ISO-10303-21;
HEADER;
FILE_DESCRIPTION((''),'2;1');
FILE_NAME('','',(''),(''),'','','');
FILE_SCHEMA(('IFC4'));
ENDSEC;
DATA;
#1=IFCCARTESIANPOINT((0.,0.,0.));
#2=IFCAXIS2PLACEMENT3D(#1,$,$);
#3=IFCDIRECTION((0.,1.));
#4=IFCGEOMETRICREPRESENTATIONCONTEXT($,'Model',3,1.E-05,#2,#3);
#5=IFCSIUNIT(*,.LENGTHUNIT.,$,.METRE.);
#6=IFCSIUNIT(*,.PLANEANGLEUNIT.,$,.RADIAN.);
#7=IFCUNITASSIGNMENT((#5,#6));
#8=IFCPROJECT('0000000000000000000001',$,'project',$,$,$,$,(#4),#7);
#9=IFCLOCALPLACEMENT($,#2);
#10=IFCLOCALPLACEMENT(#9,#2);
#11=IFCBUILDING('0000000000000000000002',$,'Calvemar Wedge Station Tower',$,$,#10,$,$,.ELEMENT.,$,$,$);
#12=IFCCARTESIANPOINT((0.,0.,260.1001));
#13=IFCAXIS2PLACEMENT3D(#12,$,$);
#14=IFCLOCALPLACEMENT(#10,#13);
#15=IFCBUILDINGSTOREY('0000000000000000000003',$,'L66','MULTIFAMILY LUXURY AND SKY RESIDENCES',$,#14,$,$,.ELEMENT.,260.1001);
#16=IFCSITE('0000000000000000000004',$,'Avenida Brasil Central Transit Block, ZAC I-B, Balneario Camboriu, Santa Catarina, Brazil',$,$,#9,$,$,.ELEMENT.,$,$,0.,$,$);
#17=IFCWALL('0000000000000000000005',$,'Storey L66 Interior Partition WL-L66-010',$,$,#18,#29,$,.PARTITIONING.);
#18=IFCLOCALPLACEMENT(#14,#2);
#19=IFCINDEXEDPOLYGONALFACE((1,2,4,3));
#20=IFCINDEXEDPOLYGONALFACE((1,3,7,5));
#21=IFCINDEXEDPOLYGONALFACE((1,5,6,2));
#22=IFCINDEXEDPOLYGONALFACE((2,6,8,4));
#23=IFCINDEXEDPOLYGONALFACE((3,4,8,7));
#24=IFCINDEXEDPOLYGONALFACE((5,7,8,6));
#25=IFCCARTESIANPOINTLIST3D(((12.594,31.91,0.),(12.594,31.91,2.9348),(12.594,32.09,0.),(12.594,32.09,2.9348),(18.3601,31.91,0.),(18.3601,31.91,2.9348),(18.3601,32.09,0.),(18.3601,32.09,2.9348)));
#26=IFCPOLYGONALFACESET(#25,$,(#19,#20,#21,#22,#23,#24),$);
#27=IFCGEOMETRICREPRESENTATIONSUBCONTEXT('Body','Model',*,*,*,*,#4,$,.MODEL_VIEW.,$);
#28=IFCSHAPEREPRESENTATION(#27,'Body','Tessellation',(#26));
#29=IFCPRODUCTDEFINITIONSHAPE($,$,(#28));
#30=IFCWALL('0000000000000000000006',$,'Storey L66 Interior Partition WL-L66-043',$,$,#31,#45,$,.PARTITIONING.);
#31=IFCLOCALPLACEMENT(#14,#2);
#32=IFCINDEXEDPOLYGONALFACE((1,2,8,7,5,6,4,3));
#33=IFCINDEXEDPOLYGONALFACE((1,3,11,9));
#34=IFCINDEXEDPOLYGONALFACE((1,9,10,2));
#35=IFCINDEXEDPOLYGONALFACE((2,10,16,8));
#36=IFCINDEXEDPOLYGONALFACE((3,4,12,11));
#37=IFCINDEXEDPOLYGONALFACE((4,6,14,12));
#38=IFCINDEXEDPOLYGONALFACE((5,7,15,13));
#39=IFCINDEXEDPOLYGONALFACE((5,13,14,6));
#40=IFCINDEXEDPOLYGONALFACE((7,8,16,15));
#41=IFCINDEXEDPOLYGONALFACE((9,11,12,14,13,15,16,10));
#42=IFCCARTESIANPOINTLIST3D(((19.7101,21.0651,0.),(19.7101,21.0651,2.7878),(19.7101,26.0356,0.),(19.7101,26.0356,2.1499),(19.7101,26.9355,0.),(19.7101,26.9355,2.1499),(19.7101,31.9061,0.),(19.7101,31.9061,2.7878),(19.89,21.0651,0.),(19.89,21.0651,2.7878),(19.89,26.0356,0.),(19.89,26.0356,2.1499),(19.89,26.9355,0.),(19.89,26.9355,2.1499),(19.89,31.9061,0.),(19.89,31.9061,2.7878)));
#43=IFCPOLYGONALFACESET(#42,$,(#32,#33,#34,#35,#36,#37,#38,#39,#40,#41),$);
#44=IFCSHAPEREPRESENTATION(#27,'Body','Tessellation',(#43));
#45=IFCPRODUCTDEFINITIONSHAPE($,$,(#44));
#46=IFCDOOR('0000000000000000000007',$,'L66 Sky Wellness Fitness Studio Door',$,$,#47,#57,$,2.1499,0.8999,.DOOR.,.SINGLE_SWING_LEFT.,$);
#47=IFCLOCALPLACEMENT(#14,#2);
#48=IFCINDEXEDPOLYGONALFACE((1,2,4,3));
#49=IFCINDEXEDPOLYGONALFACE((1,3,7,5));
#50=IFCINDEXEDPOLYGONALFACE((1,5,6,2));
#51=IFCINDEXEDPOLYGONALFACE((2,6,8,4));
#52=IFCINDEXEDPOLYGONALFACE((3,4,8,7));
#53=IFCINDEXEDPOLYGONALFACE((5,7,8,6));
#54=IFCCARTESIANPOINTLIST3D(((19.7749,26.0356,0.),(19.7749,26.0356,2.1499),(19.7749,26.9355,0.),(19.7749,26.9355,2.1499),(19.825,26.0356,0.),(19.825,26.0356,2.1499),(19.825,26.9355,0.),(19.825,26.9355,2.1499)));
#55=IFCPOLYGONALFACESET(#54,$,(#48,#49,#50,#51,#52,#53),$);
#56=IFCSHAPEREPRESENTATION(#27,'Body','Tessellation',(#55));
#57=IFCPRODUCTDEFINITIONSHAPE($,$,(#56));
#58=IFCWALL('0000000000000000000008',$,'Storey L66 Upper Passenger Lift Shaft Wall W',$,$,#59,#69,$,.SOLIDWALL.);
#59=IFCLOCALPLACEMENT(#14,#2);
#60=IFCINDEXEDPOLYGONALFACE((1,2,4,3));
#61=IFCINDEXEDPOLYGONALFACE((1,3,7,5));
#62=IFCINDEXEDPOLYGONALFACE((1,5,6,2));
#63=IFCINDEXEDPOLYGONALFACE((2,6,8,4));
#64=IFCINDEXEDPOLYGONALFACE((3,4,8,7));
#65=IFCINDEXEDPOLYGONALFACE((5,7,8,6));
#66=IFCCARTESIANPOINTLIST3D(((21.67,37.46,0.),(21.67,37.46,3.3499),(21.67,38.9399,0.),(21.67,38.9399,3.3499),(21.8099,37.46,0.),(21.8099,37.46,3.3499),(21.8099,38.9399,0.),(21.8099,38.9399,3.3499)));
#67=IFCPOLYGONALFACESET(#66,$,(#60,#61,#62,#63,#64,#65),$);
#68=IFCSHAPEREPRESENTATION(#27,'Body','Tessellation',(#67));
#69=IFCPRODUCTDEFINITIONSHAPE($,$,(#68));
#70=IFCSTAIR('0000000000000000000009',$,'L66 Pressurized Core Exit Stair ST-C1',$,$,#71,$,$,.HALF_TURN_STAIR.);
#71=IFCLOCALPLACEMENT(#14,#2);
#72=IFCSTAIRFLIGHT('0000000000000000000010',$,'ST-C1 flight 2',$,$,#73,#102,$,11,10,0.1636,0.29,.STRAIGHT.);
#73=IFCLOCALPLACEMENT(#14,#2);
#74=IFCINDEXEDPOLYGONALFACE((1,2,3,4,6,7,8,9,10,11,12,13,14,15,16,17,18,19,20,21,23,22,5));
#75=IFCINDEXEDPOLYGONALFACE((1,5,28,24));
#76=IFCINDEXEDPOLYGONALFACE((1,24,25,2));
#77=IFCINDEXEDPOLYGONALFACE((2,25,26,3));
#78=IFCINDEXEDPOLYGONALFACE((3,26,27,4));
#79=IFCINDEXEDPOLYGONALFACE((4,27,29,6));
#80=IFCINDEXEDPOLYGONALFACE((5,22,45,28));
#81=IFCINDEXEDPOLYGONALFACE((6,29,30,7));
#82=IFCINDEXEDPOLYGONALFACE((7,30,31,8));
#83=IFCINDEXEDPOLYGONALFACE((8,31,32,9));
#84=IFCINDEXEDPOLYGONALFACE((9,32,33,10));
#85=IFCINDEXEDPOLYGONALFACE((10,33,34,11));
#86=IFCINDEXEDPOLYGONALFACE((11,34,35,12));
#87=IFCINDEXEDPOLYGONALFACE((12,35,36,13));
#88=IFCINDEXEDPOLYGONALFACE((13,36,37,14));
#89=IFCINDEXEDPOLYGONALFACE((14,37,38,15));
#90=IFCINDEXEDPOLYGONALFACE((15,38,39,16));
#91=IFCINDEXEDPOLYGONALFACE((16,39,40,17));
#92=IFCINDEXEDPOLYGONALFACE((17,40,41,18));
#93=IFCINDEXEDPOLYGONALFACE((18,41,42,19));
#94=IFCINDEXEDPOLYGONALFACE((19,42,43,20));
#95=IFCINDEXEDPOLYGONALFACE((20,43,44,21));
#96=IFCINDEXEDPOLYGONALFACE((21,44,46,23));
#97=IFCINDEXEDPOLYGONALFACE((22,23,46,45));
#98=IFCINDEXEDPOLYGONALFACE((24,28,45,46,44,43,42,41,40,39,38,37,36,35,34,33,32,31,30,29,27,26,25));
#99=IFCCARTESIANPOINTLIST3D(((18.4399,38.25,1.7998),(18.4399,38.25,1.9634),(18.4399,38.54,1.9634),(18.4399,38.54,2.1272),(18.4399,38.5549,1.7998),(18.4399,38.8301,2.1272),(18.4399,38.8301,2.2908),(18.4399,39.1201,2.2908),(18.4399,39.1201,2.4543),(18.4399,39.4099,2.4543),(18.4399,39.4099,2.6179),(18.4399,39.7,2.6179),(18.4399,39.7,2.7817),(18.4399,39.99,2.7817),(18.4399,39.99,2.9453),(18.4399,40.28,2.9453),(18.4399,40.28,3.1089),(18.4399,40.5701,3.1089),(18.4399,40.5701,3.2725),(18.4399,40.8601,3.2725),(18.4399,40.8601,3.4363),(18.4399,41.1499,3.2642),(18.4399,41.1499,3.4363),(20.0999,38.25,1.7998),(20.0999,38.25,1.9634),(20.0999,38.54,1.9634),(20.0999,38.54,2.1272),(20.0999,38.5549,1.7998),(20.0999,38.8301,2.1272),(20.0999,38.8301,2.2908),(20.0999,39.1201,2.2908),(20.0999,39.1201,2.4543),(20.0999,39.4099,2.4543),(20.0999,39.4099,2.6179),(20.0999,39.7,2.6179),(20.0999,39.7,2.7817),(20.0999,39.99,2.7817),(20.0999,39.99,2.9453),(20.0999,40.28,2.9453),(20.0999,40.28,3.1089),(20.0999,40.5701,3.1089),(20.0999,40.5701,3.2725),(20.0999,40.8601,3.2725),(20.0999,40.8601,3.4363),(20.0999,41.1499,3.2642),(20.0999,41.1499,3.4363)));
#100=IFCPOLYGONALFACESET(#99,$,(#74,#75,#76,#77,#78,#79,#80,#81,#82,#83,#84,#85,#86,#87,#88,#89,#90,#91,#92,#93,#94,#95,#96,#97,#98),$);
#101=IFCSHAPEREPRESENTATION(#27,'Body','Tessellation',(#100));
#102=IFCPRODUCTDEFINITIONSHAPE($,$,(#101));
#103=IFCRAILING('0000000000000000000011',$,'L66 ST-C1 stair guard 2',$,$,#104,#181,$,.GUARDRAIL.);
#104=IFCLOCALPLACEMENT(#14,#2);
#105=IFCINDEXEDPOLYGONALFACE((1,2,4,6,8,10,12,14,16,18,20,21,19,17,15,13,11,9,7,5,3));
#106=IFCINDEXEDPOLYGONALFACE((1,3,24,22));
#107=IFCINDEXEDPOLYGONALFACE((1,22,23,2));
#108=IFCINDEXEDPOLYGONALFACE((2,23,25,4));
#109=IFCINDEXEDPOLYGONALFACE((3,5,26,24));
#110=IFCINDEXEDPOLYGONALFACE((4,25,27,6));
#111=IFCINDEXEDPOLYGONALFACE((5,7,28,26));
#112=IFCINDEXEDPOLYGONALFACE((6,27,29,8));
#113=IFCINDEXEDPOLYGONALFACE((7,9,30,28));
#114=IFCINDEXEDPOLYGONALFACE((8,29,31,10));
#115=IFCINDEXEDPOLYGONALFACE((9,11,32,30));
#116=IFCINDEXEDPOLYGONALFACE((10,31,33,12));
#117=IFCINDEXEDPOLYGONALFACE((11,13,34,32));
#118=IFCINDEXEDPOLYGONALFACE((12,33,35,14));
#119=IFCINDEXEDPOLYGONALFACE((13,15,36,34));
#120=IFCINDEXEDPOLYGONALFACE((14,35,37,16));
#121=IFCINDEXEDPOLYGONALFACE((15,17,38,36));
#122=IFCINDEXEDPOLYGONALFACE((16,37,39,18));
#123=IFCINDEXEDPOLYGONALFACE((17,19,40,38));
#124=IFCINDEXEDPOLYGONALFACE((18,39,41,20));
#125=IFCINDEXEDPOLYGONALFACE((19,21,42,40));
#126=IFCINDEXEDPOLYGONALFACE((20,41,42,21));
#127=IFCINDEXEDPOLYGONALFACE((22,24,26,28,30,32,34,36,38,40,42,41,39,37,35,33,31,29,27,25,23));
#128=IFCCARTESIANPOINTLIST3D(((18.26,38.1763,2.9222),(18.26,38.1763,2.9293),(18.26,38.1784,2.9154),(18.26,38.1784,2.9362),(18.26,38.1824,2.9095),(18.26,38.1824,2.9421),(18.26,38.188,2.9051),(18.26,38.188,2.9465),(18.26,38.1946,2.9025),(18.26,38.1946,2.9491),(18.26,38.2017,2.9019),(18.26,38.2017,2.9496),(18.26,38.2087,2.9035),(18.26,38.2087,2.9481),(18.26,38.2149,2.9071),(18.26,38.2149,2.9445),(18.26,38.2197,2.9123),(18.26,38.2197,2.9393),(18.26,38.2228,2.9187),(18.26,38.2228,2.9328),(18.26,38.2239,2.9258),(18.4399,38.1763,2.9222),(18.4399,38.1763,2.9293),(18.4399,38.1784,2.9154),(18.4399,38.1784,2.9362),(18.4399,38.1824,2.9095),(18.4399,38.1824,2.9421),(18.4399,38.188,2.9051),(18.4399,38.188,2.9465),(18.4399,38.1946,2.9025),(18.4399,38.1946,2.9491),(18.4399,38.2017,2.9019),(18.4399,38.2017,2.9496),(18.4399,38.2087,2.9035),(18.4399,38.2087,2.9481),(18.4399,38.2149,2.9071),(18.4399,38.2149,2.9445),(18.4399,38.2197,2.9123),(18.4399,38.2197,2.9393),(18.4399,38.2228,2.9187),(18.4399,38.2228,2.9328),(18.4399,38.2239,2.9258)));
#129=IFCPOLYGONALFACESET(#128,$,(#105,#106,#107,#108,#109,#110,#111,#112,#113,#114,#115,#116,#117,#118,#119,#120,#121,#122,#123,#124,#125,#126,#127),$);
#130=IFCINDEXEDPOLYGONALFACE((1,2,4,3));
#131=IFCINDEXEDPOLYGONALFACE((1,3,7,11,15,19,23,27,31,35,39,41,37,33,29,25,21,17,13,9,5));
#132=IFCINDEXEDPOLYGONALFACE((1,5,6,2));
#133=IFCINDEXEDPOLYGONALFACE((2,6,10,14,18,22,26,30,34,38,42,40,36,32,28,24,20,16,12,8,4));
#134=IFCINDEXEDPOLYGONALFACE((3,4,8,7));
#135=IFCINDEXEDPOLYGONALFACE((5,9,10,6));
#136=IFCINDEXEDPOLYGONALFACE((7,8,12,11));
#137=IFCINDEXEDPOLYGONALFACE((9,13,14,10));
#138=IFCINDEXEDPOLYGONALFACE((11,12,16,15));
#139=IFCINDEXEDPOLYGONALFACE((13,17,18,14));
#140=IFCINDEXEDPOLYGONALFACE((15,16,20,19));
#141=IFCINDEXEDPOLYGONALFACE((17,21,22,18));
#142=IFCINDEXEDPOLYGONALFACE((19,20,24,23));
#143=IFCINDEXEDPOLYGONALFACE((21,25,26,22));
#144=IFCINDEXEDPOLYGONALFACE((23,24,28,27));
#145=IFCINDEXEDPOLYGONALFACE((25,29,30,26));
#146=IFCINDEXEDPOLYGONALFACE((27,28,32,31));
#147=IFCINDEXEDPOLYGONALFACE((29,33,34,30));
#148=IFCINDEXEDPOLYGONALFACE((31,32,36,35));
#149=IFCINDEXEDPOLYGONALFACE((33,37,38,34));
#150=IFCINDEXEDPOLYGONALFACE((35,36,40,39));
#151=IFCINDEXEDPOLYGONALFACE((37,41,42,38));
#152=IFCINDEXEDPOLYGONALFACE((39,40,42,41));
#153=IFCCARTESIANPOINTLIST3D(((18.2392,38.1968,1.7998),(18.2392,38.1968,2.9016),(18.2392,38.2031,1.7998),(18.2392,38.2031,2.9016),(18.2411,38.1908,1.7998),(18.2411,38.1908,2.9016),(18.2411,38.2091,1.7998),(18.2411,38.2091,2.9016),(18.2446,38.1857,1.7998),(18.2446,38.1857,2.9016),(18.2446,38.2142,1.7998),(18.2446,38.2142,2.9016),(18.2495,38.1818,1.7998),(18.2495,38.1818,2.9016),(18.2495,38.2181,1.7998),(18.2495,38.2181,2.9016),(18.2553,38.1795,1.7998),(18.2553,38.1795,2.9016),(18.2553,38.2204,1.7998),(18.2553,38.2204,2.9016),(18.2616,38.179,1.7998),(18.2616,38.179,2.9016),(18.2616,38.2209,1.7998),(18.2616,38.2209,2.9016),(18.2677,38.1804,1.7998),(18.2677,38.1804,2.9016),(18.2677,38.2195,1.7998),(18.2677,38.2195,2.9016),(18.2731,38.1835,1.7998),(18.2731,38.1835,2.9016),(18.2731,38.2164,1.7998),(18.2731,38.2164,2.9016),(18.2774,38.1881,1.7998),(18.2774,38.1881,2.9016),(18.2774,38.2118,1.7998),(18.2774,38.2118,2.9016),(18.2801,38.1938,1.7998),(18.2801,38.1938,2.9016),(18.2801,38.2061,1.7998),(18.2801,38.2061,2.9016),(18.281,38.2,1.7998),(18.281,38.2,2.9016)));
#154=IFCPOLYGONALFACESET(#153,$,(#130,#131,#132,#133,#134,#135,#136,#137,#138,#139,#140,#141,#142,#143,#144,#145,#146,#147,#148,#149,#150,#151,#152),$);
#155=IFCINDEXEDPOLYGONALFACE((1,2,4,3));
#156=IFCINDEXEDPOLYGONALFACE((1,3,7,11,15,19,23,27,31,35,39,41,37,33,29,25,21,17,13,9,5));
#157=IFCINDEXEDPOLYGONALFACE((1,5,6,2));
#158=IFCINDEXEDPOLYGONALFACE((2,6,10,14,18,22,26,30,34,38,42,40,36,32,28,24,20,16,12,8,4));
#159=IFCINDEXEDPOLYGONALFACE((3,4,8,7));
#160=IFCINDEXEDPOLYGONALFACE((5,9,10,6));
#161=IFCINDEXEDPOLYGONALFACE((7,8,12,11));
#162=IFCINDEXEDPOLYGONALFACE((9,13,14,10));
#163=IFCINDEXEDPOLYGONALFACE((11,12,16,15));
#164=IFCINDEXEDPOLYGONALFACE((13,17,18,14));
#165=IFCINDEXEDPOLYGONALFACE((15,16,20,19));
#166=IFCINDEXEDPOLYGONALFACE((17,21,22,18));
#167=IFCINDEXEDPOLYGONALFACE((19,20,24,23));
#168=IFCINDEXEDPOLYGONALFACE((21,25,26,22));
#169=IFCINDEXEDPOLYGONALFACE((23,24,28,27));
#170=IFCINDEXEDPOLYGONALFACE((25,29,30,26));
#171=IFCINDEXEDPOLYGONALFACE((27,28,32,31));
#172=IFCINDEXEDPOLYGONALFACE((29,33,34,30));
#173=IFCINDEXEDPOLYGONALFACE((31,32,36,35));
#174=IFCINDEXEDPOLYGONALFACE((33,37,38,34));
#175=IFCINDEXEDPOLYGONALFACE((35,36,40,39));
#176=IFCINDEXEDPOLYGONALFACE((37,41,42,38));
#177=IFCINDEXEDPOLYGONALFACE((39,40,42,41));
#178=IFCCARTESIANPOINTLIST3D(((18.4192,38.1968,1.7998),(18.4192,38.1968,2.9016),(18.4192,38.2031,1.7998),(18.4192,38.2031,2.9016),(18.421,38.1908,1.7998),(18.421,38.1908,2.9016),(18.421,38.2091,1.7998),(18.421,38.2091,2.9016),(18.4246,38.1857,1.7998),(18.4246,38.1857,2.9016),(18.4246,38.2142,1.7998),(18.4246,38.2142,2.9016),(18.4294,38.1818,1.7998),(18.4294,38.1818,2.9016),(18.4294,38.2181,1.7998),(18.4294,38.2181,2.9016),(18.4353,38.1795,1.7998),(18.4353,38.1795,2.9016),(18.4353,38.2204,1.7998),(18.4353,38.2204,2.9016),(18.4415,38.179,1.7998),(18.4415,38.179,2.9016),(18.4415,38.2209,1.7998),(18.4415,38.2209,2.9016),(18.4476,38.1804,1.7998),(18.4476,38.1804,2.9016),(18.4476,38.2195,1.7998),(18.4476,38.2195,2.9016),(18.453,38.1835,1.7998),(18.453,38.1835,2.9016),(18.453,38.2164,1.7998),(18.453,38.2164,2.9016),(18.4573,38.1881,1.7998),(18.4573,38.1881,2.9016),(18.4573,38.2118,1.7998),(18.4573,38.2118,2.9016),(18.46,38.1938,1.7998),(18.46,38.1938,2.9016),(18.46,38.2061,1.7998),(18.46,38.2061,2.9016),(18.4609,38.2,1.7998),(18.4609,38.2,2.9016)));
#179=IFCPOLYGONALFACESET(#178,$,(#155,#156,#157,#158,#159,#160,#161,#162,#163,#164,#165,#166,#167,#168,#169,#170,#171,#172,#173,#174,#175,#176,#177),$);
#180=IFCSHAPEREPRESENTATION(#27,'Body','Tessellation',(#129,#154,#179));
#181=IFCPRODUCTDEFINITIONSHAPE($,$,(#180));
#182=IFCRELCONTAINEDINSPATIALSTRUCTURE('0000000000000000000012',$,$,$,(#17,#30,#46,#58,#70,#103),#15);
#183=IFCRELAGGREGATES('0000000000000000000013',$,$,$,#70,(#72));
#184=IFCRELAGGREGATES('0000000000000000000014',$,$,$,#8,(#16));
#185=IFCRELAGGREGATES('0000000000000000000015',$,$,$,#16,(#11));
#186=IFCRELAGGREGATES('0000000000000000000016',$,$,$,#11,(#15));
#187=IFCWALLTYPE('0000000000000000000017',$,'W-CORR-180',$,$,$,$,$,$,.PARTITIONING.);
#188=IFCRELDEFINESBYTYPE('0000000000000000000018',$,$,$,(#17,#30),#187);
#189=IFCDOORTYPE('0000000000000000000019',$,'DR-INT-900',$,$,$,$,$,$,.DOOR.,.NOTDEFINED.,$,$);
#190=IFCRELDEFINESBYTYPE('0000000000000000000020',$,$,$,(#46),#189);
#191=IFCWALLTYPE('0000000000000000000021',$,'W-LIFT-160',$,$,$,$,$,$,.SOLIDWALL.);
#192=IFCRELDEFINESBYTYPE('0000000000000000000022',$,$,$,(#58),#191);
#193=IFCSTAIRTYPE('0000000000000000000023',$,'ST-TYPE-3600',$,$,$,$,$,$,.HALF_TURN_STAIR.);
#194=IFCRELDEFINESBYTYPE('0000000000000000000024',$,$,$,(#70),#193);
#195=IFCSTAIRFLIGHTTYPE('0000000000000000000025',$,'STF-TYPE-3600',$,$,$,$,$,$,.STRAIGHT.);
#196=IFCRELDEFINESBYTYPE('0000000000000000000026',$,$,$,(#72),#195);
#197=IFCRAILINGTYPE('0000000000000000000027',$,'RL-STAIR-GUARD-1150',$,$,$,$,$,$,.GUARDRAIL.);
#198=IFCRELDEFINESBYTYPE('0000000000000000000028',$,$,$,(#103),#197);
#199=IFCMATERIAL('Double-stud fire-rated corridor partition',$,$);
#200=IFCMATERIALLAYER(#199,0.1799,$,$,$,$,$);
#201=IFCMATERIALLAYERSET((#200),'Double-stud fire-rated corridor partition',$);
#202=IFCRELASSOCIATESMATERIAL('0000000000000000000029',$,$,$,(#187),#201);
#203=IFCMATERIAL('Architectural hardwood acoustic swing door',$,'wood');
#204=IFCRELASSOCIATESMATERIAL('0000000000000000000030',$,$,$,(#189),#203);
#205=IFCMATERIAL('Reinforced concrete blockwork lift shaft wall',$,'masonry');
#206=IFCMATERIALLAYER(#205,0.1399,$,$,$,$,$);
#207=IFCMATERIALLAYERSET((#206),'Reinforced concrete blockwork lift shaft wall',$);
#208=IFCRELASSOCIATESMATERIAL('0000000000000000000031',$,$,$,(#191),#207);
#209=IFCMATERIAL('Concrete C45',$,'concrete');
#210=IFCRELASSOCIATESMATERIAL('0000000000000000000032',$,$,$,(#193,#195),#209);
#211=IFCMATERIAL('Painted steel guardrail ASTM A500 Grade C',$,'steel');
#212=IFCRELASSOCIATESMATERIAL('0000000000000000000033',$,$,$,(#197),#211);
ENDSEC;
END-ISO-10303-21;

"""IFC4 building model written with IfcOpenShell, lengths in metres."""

from ifc_helpers import new_model, si_unit, direction, frame, frame_2d, origin, origin_2d, place, context, subcontext, project, spatial, polyline, rectangle, circle, outline, extrude, source, transform, mapped, material, layer, layer_set, type_object, element, fill, aggregate, save


model = new_model("IFC4")

# Units and contexts
model_context = context("Model", 3, precision=1e-05, world=origin(), true_north=direction((0.0, 1.0)))
body_context = subcontext(model_context, "Body", "Model", "MODEL_VIEW")
ifc_project = project(units=[si_unit("LENGTHUNIT", "METRE"), si_unit("PLANEANGLEUNIT", "RADIAN")], contexts=[model_context])

# Site, building, storey
site_placement = place(None, origin())
site = spatial("IfcSite", under=ifc_project, at=site_placement, Name="Avenida Brasil Central Transit Block, ZAC I-B, Balneario Camboriu, Santa Catarina, Brazil", CompositionType="ELEMENT", RefElevation=0.0)
building_placement = place(site_placement, origin())
building = spatial("IfcBuilding", under=site, at=building_placement, Name="Calvemar Wedge Station Tower", CompositionType="ELEMENT")
storey_placement = place(building_placement, frame((0.0, 0.0, 260.1001)))
storey = spatial("IfcBuildingStorey", under=building, at=storey_placement, Name="L66", Description="MULTIFAMILY LUXURY AND SKY RESIDENCES", CompositionType="ELEMENT", Elevation=260.1001)

# Shared definitions
ifc_material_1 = material(Name="Double-stud fire-rated corridor partition")
ifc_layer_1 = layer(ifc_material_1, 0.1799)
ifc_layer_set_1 = layer_set([ifc_layer_1], Name="Double-stud fire-rated corridor partition")
wall_type_1 = type_object("IfcWallType", Name="W-CORR-180", PredefinedType="PARTITIONING", material=ifc_layer_set_1)

# Shared definitions
shared_shape_1 = source(origin(), body_context, "Body", "SweptSolid", [
    extrude(rectangle(XDim=0.8999, YDim=2.1499, at=frame_2d((0.45, 1.075))), frame((0.0, 0.1001, 0.0), z_axis=(0.0, -1.0, 0.0), x_axis=(1.0, 0.0, 0.0)), (0.0, 0.0, 1.0), 0.2),
])

# Wall
wall_1_placement = place(storey_placement, frame((18.3601, 32.0, 0.0), z_axis=(0.0, 0.0, 1.0), x_axis=(-1.0, 0.0, 0.0)))
element("IfcWall", 1, at=wall_1_placement, inside=storey, type_object=wall_type_1, Name="Storey L66 Interior Partition WL-L66-010", PredefinedType="PARTITIONING", context=body_context, shape_type="SweptSolid", body=[
    extrude(rectangle(XDim=5.7661, YDim=0.1799, at=frame_2d((2.8831, 0.0))), origin(), (0.0, 0.0, 1.0), 2.9348),
])

# Wall, opening, door
wall_2_placement = place(storey_placement, frame((19.8, 31.906, 0.0), z_axis=(0.0, 0.0, 1.0), x_axis=(0.0, -1.0, 0.0)))
wall_2 = element("IfcWall", 2, at=wall_2_placement, inside=storey, type_object=wall_type_1, Name="Storey L66 Interior Partition WL-L66-043", PredefinedType="PARTITIONING", context=body_context, shape_type="SweptSolid", body=[
    extrude(rectangle(XDim=10.8411, YDim=0.1799, at=frame_2d((5.4204, 0.0))), origin(), (0.0, 0.0, 1.0), 2.7878),
])
opening_1_placement = place(wall_2_placement, frame((4.9705, 0.0, 0.0)))
opening_1 = element("IfcOpeningElement", 3, at=opening_1_placement, cuts=wall_2, PredefinedType="OPENING", context=body_context, shape_type="MappedRepresentation", body=[
    mapped(shared_shape_1, transform((0.0, 0.0, 0.0), scale=1.0)),
])
ifc_material_2 = material(Name="Architectural hardwood acoustic swing door", Category="wood")
door_type_1 = type_object("IfcDoorType", Name="DR-INT-900", OperationType="NOTDEFINED", PredefinedType="DOOR", material=ifc_material_2)
shared_shape_2 = source(origin(), body_context, "Body", "SweptSolid", [
    extrude(rectangle(XDim=0.8999, YDim=2.1499, at=frame_2d((0.45, 1.075))), frame((0.0, 0.0249, 0.0), z_axis=(0.0, -1.0, 0.0), x_axis=(1.0, 0.0, 0.0)), (0.0, 0.0, 1.0), 0.05),
])
door_1_placement = place(opening_1_placement, origin())
door_1 = element("IfcDoor", 4, at=door_1_placement, inside=storey, type_object=door_type_1, Name="L66 Sky Wellness Fitness Studio Door", OperationType="SINGLE_SWING_LEFT", OverallHeight=2.1499, OverallWidth=0.8999, PredefinedType="DOOR", context=body_context, shape_type="MappedRepresentation", body=[
    mapped(shared_shape_2, transform((0.0, 0.0, 0.0), scale=1.0)),
])
fill(opening_1, door_1)

# Shared definitions
ifc_material_3 = material(Name="Reinforced concrete blockwork lift shaft wall", Category="masonry")
ifc_layer_2 = layer(ifc_material_3, 0.1399)
ifc_layer_set_2 = layer_set([ifc_layer_2], Name="Reinforced concrete blockwork lift shaft wall")
wall_type_2 = type_object("IfcWallType", Name="W-LIFT-160", PredefinedType="SOLIDWALL", material=ifc_layer_set_2)

# Wall
wall_3_placement = place(storey_placement, frame((21.74, 37.46, 0.0), z_axis=(0.0, 0.0, 1.0), x_axis=(0.0, 1.0, 0.0)))
element("IfcWall", 5, at=wall_3_placement, inside=storey, type_object=wall_type_2, Name="Storey L66 Upper Passenger Lift Shaft Wall W", PredefinedType="SOLIDWALL", context=body_context, shape_type="SweptSolid", body=[
    extrude(rectangle(XDim=1.48, YDim=0.1399, at=frame_2d((0.74, 0.0))), origin(), (0.0, 0.0, 1.0), 3.3499),
])

# Stair, stair flight
ifc_material_4 = material(Name="Concrete C45", Category="concrete")
stair_type = type_object("IfcStairType", Name="ST-TYPE-3600", PredefinedType="HALF_TURN_STAIR", material=ifc_material_4)
stair_placement = place(storey_placement, origin())
stair = element("IfcStair", 6, at=stair_placement, inside=storey, type_object=stair_type, Name="L66 Pressurized Core Exit Stair ST-C1", PredefinedType="HALF_TURN_STAIR")
stair_flight_type = type_object("IfcStairFlightType", Name="STF-TYPE-3600", PredefinedType="STRAIGHT", material=ifc_material_4)
stair_flight_placement = place(storey_placement, frame((19.27, 38.25, 1.7998), z_axis=(0.0, 0.0, 1.0), x_axis=(0.0, 1.0, 0.0)))
stair_flight = element("IfcStairFlight", 7, at=stair_flight_placement, type_object=stair_flight_type, Name="ST-C1 flight 2", NumberOfRisers=11, NumberOfTreads=10, PredefinedType="STRAIGHT", RiserHeight=0.1636, TreadLength=0.29, context=body_context, shape_type="SweptSolid", body=[
    extrude(outline(polyline([(0.0, 0.0), (0.0, 0.1636), (0.29, 0.1636), (0.29, 0.3274), (0.5801, 0.3274), (0.5801, 0.491), (0.8701, 0.491), (0.8701, 0.6545), (1.1599, 0.6545), (1.1599, 0.8181), (1.45, 0.8181), (1.45, 0.9819), (1.74, 0.9819), (1.74, 1.1455), (2.03, 1.1455), (2.03, 1.3091), (2.3201, 1.3091), (2.3201, 1.4727), (2.6101, 1.4727), (2.6101, 1.6365), (2.8999, 1.6365), (2.8999, 1.8), (2.8999, 1.4644), (0.3049, 0.0), (0.0, 0.0)])), frame((0.0, 0.8301, 0.0), z_axis=(0.0, -1.0, 0.0), x_axis=(1.0, 0.0, 0.0)), (0.0, 0.0, 1.0), 1.6599),
])
aggregate(stair, [stair_flight])

# Railing
ifc_material_5 = material(Name="Painted steel guardrail ASTM A500 Grade C", Category="steel")
railing_type = type_object("IfcRailingType", Name="RL-STAIR-GUARD-1150", PredefinedType="GUARDRAIL", material=ifc_material_5)
railing_placement = place(storey_placement, frame((18.26, 38.2, 1.7998)))
element("IfcRailing", 8, at=railing_placement, inside=storey, type_object=railing_type, Name="L66 ST-C1 stair guard 2", PredefinedType="GUARDRAIL", context=body_context, shape_type="SweptSolid", body=[
    extrude(circle(Radius=0.0239, at=origin_2d()), frame((0.0, 0.0, 1.126), z_axis=(1.0, 0.0, 0.0), x_axis=(0.0, 1.0, 0.0)), (0.0, 0.0, 1.0), 0.1799),
    extrude(circle(Radius=0.021, at=origin_2d()), origin(), (0.0, 0.0, 1.0), 1.1018),
    extrude(circle(Radius=0.021, at=origin_2d()), frame((0.1799, 0.0, 0.0)), (0.0, 0.0, 1.0), 1.1018),
])

save(model, "model.ifc")
